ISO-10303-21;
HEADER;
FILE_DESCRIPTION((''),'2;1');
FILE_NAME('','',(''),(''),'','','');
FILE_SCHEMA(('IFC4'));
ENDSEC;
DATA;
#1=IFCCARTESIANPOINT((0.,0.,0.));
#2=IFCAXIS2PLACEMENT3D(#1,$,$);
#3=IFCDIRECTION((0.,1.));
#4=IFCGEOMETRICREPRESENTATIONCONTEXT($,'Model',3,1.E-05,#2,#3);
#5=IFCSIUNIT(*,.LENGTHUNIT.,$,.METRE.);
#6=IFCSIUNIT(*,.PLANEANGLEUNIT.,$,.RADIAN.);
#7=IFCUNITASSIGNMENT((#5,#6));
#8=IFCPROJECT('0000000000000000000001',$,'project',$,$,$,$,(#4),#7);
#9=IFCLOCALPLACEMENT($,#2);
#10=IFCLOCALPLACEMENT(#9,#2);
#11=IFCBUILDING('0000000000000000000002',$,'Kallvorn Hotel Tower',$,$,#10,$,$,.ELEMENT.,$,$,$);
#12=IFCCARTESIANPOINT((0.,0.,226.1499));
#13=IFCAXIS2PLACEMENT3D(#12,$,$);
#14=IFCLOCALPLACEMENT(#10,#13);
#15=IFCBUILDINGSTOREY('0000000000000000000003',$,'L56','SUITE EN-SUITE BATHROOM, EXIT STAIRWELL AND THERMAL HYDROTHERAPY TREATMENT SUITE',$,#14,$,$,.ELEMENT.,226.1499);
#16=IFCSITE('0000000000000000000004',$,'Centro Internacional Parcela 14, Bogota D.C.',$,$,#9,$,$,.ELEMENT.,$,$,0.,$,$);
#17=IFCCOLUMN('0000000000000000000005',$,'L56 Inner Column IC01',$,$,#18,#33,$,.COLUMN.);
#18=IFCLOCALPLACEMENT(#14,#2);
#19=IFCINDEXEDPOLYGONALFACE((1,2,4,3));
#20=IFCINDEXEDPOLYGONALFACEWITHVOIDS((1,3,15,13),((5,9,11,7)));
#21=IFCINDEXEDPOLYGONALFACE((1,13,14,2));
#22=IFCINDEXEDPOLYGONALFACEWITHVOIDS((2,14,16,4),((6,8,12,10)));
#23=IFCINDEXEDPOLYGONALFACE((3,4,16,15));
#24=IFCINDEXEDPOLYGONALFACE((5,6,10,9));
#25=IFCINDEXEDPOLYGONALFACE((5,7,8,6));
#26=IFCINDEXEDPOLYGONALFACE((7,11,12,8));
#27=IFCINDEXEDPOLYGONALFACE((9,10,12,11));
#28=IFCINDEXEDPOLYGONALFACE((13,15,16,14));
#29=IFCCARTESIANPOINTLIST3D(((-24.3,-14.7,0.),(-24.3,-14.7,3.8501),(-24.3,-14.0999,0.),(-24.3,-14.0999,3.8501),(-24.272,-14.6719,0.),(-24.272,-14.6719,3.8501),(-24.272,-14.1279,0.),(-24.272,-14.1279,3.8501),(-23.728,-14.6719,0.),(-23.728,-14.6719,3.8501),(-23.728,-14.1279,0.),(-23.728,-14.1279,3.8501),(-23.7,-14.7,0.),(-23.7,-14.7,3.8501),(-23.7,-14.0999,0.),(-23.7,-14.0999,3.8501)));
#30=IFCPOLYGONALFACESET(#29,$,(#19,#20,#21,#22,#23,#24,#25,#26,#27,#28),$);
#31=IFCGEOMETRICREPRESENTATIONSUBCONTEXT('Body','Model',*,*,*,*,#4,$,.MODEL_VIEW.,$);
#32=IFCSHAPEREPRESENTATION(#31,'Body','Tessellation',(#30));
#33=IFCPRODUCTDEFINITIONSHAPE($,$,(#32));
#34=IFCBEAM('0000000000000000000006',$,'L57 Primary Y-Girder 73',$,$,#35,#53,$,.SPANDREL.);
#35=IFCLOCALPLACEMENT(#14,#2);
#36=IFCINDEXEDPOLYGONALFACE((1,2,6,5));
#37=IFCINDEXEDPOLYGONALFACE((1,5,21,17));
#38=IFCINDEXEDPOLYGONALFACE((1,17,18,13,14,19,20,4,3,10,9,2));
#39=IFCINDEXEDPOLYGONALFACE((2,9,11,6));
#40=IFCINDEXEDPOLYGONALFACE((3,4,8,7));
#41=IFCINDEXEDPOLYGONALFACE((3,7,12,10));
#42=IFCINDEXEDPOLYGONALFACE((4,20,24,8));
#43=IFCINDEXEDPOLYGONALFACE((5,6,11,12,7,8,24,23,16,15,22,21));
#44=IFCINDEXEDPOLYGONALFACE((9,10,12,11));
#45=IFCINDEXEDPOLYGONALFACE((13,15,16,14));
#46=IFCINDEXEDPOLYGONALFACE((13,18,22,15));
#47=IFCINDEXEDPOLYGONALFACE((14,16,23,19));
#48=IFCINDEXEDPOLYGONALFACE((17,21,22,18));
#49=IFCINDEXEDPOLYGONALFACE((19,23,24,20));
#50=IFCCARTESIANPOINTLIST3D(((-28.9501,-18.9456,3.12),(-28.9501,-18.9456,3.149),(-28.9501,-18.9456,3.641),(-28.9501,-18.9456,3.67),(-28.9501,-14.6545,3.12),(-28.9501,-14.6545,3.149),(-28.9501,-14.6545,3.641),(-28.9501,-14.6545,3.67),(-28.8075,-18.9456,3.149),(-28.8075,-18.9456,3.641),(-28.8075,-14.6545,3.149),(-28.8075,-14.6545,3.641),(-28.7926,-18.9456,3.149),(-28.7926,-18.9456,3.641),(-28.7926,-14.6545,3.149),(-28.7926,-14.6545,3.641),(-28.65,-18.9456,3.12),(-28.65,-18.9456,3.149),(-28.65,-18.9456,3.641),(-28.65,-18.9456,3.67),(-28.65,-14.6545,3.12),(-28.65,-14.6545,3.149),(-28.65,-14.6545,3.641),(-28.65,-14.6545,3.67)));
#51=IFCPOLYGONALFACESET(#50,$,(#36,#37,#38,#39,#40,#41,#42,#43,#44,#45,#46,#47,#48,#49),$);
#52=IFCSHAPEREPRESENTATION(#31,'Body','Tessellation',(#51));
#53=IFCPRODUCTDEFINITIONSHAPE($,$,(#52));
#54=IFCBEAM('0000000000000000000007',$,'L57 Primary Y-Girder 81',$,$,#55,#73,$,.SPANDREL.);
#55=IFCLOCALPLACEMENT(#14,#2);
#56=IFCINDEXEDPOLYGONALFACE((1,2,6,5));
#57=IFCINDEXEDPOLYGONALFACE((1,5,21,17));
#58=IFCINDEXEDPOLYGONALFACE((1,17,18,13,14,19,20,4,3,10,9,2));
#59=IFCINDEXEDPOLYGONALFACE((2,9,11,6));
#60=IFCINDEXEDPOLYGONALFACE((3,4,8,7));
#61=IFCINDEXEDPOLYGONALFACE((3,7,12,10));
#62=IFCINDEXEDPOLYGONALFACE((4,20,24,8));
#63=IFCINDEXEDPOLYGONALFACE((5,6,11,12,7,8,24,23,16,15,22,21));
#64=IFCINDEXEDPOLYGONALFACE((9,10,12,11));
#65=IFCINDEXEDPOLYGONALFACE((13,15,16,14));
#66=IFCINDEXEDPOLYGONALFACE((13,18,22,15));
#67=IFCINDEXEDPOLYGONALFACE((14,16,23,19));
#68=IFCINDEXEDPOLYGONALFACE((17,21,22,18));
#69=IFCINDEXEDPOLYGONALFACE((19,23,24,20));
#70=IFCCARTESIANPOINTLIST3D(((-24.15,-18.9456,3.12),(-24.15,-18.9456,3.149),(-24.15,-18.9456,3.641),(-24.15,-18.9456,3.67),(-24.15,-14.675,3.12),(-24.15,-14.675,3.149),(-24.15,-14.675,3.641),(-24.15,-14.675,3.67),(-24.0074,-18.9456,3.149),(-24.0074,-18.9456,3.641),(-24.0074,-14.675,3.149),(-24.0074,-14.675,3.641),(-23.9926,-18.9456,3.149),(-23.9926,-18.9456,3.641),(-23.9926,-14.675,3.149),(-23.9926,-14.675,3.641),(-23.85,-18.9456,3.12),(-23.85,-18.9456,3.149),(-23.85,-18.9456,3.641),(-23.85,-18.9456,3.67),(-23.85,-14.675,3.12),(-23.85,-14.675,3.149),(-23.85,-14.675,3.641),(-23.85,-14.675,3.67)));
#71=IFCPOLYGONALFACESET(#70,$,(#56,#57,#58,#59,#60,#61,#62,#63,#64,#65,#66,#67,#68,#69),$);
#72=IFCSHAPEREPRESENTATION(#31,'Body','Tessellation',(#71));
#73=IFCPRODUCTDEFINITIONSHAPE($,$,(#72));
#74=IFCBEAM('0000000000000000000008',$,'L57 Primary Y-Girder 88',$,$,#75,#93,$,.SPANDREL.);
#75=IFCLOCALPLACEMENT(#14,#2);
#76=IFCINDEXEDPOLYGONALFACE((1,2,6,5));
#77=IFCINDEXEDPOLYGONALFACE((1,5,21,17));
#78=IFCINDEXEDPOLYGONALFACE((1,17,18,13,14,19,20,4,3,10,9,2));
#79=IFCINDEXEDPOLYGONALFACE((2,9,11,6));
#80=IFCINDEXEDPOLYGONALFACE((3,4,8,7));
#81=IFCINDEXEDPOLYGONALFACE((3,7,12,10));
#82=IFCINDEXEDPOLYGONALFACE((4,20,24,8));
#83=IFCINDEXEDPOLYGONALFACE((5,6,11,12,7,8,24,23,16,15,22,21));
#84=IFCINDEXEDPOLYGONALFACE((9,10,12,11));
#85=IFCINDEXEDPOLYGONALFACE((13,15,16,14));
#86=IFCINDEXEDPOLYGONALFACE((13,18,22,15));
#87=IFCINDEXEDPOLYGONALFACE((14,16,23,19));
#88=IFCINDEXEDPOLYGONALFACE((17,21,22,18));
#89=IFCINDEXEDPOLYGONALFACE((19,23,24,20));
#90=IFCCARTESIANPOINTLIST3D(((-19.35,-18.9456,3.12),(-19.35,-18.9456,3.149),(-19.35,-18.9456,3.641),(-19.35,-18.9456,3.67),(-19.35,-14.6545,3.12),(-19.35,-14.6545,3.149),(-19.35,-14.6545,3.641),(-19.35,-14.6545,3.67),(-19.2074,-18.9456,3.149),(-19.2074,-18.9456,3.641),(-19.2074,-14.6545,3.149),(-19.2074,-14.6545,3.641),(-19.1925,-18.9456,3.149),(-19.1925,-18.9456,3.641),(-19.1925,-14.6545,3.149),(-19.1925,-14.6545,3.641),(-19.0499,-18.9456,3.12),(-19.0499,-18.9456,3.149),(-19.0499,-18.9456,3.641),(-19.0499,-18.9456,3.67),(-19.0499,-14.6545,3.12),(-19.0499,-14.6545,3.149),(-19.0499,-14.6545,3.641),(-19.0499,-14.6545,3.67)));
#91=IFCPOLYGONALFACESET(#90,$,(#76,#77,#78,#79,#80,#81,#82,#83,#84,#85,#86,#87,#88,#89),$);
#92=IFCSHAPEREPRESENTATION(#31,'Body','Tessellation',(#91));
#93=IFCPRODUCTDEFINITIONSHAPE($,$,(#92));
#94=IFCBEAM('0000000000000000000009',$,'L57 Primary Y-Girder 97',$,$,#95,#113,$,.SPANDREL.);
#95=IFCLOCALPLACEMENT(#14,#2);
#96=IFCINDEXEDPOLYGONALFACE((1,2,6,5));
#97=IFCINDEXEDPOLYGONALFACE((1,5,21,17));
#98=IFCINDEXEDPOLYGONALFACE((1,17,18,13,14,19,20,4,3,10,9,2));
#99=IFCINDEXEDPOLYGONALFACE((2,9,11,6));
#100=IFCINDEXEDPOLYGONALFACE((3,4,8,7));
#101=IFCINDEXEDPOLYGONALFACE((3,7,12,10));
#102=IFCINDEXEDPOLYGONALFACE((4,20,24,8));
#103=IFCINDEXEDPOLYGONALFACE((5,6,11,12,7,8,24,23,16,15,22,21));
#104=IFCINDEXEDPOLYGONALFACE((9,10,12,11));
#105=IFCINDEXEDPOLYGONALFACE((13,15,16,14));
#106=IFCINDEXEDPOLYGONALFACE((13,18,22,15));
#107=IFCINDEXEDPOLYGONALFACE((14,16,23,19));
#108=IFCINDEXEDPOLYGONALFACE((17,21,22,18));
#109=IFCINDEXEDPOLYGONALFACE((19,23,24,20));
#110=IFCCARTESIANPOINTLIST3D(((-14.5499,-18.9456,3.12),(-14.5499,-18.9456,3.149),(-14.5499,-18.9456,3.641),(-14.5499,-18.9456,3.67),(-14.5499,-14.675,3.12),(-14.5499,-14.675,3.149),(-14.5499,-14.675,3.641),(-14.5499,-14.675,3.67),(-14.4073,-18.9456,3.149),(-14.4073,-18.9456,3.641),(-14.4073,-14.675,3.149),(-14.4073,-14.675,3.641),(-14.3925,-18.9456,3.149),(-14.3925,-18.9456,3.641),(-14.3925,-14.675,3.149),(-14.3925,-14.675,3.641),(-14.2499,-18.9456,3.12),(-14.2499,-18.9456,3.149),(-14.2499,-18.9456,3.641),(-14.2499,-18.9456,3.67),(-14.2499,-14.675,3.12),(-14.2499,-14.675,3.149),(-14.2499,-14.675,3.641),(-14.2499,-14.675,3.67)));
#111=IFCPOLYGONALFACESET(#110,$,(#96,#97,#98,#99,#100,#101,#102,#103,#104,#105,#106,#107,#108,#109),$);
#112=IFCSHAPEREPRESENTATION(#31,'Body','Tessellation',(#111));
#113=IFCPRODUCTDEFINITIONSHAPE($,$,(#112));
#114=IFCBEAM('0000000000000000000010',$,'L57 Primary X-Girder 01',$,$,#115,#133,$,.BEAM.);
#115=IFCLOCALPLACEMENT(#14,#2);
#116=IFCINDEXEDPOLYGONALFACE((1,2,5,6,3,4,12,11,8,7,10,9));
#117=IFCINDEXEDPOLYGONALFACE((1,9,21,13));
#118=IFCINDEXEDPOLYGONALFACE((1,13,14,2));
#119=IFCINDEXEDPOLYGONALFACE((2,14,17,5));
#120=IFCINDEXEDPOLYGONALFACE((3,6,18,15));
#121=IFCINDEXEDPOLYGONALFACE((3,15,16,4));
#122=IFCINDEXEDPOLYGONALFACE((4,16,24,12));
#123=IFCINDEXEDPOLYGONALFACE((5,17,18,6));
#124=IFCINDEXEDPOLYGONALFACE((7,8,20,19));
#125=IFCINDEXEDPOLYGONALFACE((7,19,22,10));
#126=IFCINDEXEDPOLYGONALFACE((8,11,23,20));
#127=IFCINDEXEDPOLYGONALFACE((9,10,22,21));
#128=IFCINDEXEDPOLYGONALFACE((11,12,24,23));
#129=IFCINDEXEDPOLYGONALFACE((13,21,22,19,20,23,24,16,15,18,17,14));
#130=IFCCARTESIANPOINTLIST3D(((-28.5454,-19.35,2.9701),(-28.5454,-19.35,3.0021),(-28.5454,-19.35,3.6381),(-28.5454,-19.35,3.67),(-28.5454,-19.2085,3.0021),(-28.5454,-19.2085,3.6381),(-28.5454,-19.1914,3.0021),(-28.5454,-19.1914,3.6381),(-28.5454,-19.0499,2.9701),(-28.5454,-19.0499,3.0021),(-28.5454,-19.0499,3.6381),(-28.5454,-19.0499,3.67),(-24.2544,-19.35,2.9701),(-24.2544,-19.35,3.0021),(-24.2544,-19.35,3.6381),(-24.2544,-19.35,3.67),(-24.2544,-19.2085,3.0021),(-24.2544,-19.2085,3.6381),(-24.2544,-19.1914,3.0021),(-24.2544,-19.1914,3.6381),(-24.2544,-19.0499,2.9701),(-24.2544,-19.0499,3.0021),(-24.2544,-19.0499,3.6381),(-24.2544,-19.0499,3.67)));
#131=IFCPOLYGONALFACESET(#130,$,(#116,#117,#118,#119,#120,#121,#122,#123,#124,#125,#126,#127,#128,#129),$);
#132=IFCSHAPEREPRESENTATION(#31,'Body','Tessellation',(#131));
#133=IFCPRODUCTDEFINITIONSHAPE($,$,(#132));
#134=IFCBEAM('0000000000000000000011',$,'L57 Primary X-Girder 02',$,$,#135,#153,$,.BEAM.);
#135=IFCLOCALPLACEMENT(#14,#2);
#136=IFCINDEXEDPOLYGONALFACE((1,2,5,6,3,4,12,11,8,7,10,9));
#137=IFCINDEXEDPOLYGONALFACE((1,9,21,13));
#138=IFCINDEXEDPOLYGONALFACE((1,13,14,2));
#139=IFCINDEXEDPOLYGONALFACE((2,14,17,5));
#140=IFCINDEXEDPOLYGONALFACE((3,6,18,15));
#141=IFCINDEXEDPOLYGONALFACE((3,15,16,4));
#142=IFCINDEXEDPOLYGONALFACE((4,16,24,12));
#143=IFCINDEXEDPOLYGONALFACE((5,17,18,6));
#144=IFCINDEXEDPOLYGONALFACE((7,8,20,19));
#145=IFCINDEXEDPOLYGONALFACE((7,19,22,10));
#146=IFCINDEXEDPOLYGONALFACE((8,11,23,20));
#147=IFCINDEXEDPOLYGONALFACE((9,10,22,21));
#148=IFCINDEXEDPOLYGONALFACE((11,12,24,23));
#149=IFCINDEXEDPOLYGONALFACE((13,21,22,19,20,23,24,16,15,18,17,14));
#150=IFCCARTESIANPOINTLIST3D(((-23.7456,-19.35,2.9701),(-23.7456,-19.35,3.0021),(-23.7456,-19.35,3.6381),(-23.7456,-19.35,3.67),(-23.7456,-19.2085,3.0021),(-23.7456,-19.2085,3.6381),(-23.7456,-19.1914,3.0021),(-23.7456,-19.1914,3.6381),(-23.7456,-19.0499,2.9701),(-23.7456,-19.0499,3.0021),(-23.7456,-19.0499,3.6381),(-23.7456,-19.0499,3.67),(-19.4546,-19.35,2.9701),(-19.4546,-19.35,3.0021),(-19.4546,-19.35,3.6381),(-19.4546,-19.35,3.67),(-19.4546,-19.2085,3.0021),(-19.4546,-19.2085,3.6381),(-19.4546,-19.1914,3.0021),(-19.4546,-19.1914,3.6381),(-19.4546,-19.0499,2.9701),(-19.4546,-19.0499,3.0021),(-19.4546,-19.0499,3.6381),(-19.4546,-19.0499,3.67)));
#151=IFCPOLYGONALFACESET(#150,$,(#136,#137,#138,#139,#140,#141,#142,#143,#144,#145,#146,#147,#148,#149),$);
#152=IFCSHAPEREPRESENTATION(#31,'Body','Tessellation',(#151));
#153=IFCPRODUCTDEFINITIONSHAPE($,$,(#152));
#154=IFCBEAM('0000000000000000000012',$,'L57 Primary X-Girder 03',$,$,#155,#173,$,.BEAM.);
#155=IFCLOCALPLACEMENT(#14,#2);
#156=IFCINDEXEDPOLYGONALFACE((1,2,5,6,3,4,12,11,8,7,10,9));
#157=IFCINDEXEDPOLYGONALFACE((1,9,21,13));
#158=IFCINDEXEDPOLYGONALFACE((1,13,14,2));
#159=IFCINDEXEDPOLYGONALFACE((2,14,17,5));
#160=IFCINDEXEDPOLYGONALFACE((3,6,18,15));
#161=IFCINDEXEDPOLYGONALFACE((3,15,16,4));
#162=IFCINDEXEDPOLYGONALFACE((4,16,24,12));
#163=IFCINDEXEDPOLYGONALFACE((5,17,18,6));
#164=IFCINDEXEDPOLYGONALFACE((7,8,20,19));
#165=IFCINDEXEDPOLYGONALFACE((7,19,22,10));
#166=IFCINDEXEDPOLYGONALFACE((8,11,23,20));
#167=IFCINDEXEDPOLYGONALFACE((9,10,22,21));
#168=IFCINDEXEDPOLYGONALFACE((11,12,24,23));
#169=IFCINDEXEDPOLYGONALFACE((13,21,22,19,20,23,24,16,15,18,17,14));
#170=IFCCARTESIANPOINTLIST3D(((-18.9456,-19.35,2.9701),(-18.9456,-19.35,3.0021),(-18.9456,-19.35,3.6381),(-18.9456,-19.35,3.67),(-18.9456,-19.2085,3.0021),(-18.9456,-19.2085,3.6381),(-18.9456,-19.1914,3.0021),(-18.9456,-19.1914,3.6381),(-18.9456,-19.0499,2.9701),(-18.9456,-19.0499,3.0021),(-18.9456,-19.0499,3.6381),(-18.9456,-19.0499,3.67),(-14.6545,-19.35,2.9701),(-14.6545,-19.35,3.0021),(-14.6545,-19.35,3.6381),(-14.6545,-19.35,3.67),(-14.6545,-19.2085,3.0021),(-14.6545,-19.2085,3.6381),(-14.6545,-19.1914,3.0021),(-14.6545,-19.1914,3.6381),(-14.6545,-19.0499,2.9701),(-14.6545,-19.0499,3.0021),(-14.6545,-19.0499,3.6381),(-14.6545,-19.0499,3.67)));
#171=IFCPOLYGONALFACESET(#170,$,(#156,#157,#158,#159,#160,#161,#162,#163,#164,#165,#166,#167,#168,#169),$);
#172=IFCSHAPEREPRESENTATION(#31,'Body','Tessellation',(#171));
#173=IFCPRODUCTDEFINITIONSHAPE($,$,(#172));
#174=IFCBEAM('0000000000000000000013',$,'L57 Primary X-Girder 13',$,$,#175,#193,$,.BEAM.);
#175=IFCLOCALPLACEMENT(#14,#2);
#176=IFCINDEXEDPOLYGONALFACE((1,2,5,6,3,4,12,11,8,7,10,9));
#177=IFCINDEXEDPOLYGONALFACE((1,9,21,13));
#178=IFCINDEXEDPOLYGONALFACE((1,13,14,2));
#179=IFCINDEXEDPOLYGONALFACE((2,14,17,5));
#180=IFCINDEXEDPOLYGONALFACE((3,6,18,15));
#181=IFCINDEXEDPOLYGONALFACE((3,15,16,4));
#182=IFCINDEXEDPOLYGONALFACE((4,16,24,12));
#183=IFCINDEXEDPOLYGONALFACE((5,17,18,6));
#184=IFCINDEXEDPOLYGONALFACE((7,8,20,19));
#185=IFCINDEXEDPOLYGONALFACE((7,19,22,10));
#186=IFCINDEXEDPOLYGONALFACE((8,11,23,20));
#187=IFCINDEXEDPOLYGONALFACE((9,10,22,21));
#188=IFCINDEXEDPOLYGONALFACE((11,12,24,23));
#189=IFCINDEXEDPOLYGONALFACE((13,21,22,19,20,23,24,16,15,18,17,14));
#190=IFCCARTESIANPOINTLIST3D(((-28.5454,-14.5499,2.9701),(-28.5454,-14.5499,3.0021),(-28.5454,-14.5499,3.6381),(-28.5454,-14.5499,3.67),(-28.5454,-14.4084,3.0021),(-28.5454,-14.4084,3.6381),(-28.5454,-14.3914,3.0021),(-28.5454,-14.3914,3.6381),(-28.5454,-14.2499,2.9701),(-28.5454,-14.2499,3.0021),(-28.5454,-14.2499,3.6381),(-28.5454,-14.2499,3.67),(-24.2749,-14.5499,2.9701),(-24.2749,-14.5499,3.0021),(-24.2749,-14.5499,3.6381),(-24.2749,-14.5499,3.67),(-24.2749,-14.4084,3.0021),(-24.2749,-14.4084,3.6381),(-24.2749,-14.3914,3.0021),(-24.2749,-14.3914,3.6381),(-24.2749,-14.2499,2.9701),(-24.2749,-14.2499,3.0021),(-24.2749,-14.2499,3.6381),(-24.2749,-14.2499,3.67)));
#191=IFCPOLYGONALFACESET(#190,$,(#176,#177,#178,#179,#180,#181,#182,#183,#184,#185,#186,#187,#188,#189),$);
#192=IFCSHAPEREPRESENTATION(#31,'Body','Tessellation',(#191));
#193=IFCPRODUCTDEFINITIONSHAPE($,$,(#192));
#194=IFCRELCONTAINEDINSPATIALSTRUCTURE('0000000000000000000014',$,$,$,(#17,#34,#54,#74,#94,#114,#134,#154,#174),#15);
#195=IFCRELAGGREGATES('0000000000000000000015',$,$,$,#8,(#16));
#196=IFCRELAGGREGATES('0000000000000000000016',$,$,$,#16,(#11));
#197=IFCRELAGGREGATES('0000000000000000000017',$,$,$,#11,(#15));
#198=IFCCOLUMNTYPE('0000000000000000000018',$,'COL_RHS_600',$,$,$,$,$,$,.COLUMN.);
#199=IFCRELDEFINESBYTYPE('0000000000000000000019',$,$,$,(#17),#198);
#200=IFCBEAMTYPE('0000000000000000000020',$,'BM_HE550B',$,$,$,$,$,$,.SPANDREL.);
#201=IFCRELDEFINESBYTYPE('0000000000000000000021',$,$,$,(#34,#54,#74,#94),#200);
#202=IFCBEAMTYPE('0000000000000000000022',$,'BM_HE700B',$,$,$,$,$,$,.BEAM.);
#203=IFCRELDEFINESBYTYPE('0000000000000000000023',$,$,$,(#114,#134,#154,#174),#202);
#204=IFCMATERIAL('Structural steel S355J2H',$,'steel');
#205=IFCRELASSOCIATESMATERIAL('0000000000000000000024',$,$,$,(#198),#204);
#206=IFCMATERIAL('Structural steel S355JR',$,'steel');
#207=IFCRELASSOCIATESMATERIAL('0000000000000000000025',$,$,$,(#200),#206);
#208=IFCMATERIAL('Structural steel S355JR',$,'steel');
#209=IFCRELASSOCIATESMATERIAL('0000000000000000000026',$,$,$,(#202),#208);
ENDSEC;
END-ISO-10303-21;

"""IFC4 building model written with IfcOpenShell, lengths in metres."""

from ifc_helpers import new_model, si_unit, direction, frame, origin, origin_2d, place, context, subcontext, project, spatial, hollow_rectangle, i_section, extrude, material, material_profile, profile_set, type_object, element, save


model = new_model("IFC4")

# Units and contexts
model_context = context("Model", 3, precision=1e-05, world=origin(), true_north=direction((0.0, 1.0)))
body_context = subcontext(model_context, "Body", "Model", "MODEL_VIEW")
ifc_project = project(units=[si_unit("LENGTHUNIT", "METRE"), si_unit("PLANEANGLEUNIT", "RADIAN")], contexts=[model_context])

# Site, building, storey
site_placement = place(None, origin())
site = spatial("IfcSite", under=ifc_project, at=site_placement, Name="Centro Internacional Parcela 14, Bogota D.C.", CompositionType="ELEMENT", RefElevation=0.0)
building_placement = place(site_placement, origin())
building = spatial("IfcBuilding", under=site, at=building_placement, Name="Kallvorn Hotel Tower", CompositionType="ELEMENT")
storey_placement = place(building_placement, frame((0.0, 0.0, 226.1499)))
storey = spatial("IfcBuildingStorey", under=building, at=storey_placement, Name="L56", Description="SUITE EN-SUITE BATHROOM, EXIT STAIRWELL AND THERMAL HYDROTHERAPY TREATMENT SUITE", CompositionType="ELEMENT", Elevation=226.1499)

# Column
ifc_material_1 = material(Name="Structural steel S355J2H", Category="steel")
ifc_material_profile_1 = material_profile(ifc_material_1, hollow_rectangle(XDim=0.6001, YDim=0.6001, WallThickness=0.0281, at=origin_2d()), Name="RHS 600x600x28")
ifc_profile_set_1 = profile_set([ifc_material_profile_1], Name="Structural steel S355J2H")
column_type_1 = type_object("IfcColumnType", Name="COL_RHS_600", PredefinedType="COLUMN", material=ifc_profile_set_1)
column_placement = place(storey_placement, frame((-24.0, -14.3999, 0.0), z_axis=(0.0, 0.0, 1.0), x_axis=(1.0, 0.0, 0.0)))
element("IfcColumn", 1, at=column_placement, inside=storey, type_object=column_type_1, Name="L56 Inner Column IC01", PredefinedType="COLUMN", context=body_context, shape_type="SweptSolid", body=[
    extrude(hollow_rectangle(XDim=0.6001, YDim=0.6001, WallThickness=0.0281, at=origin_2d()), origin(), (0.0, 0.0, 1.0), 3.8501),
])

# Beams
ifc_material_2 = material(Name="Structural steel S355JR", Category="steel")
ifc_material_profile_2 = material_profile(ifc_material_2, i_section(OverallWidth=0.3, OverallDepth=0.55, WebThickness=0.0149, FlangeThickness=0.0291, at=origin_2d()), Name="HE 550 B")
ifc_profile_set_2 = profile_set([ifc_material_profile_2], Name="Structural steel S355JR")
beam_type_1 = type_object("IfcBeamType", Name="BM_HE550B", PredefinedType="SPANDREL", material=ifc_profile_set_2)
beam_1_placement = place(storey_placement, frame((-28.8, -18.9456, 3.395), z_axis=(0.0, 1.0, 0.0), x_axis=(-1.0, 0.0, 0.0)))
element("IfcBeam", 2, at=beam_1_placement, inside=storey, type_object=beam_type_1, Name="L57 Primary Y-Girder 73", PredefinedType="SPANDREL", context=body_context, shape_type="SweptSolid", body=[
    extrude(i_section(OverallWidth=0.3, OverallDepth=0.55, WebThickness=0.0149, FlangeThickness=0.0291, at=origin_2d()), origin(), (0.0, 0.0, 1.0), 4.291),
])
beam_2_placement = place(storey_placement, frame((-24.0, -18.9456, 3.395), z_axis=(0.0, 1.0, 0.0), x_axis=(-1.0, 0.0, 0.0)))
element("IfcBeam", 3, at=beam_2_placement, inside=storey, type_object=beam_type_1, Name="L57 Primary Y-Girder 81", PredefinedType="SPANDREL", context=body_context, shape_type="SweptSolid", body=[
    extrude(i_section(OverallWidth=0.3, OverallDepth=0.55, WebThickness=0.0149, FlangeThickness=0.0291, at=origin_2d()), origin(), (0.0, 0.0, 1.0), 4.2705),
])
beam_3_placement = place(storey_placement, frame((-19.2, -18.9456, 3.395), z_axis=(0.0, 1.0, 0.0), x_axis=(-1.0, 0.0, 0.0)))
element("IfcBeam", 4, at=beam_3_placement, inside=storey, type_object=beam_type_1, Name="L57 Primary Y-Girder 88", PredefinedType="SPANDREL", context=body_context, shape_type="SweptSolid", body=[
    extrude(i_section(OverallWidth=0.3, OverallDepth=0.55, WebThickness=0.0149, FlangeThickness=0.0291, at=origin_2d()), origin(), (0.0, 0.0, 1.0), 4.291),
])
beam_4_placement = place(storey_placement, frame((-14.3999, -18.9456, 3.395), z_axis=(0.0, 1.0, 0.0), x_axis=(-1.0, 0.0, 0.0)))
element("IfcBeam", 5, at=beam_4_placement, inside=storey, type_object=beam_type_1, Name="L57 Primary Y-Girder 97", PredefinedType="SPANDREL", context=body_context, shape_type="SweptSolid", body=[
    extrude(i_section(OverallWidth=0.3, OverallDepth=0.55, WebThickness=0.0149, FlangeThickness=0.0291, at=origin_2d()), origin(), (0.0, 0.0, 1.0), 4.2705),
])
ifc_material_3 = material(Name="Structural steel S355JR", Category="steel")
ifc_material_profile_3 = material_profile(ifc_material_3, i_section(OverallWidth=0.3, OverallDepth=0.7, WebThickness=0.0171, FlangeThickness=0.032, at=origin_2d()), Name="HE 700 B")
ifc_profile_set_3 = profile_set([ifc_material_profile_3], Name="Structural steel S355JR")
beam_type_2 = type_object("IfcBeamType", Name="BM_HE700B", PredefinedType="BEAM", material=ifc_profile_set_3)
for number, where, z_axis, x_axis, name in (
    (6, (-28.5454, -19.2, 3.3201), (1.0, 0.0, 0.0), (0.0, 1.0, 0.0), "L57 Primary X-Girder 01"),
    (7, (-23.7456, -19.2, 3.3201), (1.0, 0.0, 0.0), (0.0, 1.0, 0.0), "L57 Primary X-Girder 02"),
    (8, (-18.9456, -19.2, 3.3201), (1.0, 0.0, 0.0), (0.0, 1.0, 0.0), "L57 Primary X-Girder 03"),
):
    element("IfcBeam", number, at=place(storey_placement, frame(where, z_axis=z_axis, x_axis=x_axis)), inside=storey, type_object=beam_type_2, Name=name, PredefinedType="BEAM", context=body_context, shape_type="SweptSolid", body=[
        extrude(i_section(OverallWidth=0.3, OverallDepth=0.7, WebThickness=0.0171, FlangeThickness=0.032, at=origin_2d()), origin(), (0.0, 0.0, 1.0), 4.291),
    ])
for number, where, z_axis, x_axis, name in (
    (9, (-28.5454, -14.3999, 3.3201), (1.0, 0.0, 0.0), (0.0, 1.0, 0.0), "L57 Primary X-Girder 13"),
):
    element("IfcBeam", number, at=place(storey_placement, frame(where, z_axis=z_axis, x_axis=x_axis)), inside=storey, type_object=beam_type_2, Name=name, PredefinedType="BEAM", context=body_context, shape_type="SweptSolid", body=[
        extrude(i_section(OverallWidth=0.3, OverallDepth=0.7, WebThickness=0.0171, FlangeThickness=0.032, at=origin_2d()), origin(), (0.0, 0.0, 1.0), 4.2705),
    ])

save(model, "model.ifc")
